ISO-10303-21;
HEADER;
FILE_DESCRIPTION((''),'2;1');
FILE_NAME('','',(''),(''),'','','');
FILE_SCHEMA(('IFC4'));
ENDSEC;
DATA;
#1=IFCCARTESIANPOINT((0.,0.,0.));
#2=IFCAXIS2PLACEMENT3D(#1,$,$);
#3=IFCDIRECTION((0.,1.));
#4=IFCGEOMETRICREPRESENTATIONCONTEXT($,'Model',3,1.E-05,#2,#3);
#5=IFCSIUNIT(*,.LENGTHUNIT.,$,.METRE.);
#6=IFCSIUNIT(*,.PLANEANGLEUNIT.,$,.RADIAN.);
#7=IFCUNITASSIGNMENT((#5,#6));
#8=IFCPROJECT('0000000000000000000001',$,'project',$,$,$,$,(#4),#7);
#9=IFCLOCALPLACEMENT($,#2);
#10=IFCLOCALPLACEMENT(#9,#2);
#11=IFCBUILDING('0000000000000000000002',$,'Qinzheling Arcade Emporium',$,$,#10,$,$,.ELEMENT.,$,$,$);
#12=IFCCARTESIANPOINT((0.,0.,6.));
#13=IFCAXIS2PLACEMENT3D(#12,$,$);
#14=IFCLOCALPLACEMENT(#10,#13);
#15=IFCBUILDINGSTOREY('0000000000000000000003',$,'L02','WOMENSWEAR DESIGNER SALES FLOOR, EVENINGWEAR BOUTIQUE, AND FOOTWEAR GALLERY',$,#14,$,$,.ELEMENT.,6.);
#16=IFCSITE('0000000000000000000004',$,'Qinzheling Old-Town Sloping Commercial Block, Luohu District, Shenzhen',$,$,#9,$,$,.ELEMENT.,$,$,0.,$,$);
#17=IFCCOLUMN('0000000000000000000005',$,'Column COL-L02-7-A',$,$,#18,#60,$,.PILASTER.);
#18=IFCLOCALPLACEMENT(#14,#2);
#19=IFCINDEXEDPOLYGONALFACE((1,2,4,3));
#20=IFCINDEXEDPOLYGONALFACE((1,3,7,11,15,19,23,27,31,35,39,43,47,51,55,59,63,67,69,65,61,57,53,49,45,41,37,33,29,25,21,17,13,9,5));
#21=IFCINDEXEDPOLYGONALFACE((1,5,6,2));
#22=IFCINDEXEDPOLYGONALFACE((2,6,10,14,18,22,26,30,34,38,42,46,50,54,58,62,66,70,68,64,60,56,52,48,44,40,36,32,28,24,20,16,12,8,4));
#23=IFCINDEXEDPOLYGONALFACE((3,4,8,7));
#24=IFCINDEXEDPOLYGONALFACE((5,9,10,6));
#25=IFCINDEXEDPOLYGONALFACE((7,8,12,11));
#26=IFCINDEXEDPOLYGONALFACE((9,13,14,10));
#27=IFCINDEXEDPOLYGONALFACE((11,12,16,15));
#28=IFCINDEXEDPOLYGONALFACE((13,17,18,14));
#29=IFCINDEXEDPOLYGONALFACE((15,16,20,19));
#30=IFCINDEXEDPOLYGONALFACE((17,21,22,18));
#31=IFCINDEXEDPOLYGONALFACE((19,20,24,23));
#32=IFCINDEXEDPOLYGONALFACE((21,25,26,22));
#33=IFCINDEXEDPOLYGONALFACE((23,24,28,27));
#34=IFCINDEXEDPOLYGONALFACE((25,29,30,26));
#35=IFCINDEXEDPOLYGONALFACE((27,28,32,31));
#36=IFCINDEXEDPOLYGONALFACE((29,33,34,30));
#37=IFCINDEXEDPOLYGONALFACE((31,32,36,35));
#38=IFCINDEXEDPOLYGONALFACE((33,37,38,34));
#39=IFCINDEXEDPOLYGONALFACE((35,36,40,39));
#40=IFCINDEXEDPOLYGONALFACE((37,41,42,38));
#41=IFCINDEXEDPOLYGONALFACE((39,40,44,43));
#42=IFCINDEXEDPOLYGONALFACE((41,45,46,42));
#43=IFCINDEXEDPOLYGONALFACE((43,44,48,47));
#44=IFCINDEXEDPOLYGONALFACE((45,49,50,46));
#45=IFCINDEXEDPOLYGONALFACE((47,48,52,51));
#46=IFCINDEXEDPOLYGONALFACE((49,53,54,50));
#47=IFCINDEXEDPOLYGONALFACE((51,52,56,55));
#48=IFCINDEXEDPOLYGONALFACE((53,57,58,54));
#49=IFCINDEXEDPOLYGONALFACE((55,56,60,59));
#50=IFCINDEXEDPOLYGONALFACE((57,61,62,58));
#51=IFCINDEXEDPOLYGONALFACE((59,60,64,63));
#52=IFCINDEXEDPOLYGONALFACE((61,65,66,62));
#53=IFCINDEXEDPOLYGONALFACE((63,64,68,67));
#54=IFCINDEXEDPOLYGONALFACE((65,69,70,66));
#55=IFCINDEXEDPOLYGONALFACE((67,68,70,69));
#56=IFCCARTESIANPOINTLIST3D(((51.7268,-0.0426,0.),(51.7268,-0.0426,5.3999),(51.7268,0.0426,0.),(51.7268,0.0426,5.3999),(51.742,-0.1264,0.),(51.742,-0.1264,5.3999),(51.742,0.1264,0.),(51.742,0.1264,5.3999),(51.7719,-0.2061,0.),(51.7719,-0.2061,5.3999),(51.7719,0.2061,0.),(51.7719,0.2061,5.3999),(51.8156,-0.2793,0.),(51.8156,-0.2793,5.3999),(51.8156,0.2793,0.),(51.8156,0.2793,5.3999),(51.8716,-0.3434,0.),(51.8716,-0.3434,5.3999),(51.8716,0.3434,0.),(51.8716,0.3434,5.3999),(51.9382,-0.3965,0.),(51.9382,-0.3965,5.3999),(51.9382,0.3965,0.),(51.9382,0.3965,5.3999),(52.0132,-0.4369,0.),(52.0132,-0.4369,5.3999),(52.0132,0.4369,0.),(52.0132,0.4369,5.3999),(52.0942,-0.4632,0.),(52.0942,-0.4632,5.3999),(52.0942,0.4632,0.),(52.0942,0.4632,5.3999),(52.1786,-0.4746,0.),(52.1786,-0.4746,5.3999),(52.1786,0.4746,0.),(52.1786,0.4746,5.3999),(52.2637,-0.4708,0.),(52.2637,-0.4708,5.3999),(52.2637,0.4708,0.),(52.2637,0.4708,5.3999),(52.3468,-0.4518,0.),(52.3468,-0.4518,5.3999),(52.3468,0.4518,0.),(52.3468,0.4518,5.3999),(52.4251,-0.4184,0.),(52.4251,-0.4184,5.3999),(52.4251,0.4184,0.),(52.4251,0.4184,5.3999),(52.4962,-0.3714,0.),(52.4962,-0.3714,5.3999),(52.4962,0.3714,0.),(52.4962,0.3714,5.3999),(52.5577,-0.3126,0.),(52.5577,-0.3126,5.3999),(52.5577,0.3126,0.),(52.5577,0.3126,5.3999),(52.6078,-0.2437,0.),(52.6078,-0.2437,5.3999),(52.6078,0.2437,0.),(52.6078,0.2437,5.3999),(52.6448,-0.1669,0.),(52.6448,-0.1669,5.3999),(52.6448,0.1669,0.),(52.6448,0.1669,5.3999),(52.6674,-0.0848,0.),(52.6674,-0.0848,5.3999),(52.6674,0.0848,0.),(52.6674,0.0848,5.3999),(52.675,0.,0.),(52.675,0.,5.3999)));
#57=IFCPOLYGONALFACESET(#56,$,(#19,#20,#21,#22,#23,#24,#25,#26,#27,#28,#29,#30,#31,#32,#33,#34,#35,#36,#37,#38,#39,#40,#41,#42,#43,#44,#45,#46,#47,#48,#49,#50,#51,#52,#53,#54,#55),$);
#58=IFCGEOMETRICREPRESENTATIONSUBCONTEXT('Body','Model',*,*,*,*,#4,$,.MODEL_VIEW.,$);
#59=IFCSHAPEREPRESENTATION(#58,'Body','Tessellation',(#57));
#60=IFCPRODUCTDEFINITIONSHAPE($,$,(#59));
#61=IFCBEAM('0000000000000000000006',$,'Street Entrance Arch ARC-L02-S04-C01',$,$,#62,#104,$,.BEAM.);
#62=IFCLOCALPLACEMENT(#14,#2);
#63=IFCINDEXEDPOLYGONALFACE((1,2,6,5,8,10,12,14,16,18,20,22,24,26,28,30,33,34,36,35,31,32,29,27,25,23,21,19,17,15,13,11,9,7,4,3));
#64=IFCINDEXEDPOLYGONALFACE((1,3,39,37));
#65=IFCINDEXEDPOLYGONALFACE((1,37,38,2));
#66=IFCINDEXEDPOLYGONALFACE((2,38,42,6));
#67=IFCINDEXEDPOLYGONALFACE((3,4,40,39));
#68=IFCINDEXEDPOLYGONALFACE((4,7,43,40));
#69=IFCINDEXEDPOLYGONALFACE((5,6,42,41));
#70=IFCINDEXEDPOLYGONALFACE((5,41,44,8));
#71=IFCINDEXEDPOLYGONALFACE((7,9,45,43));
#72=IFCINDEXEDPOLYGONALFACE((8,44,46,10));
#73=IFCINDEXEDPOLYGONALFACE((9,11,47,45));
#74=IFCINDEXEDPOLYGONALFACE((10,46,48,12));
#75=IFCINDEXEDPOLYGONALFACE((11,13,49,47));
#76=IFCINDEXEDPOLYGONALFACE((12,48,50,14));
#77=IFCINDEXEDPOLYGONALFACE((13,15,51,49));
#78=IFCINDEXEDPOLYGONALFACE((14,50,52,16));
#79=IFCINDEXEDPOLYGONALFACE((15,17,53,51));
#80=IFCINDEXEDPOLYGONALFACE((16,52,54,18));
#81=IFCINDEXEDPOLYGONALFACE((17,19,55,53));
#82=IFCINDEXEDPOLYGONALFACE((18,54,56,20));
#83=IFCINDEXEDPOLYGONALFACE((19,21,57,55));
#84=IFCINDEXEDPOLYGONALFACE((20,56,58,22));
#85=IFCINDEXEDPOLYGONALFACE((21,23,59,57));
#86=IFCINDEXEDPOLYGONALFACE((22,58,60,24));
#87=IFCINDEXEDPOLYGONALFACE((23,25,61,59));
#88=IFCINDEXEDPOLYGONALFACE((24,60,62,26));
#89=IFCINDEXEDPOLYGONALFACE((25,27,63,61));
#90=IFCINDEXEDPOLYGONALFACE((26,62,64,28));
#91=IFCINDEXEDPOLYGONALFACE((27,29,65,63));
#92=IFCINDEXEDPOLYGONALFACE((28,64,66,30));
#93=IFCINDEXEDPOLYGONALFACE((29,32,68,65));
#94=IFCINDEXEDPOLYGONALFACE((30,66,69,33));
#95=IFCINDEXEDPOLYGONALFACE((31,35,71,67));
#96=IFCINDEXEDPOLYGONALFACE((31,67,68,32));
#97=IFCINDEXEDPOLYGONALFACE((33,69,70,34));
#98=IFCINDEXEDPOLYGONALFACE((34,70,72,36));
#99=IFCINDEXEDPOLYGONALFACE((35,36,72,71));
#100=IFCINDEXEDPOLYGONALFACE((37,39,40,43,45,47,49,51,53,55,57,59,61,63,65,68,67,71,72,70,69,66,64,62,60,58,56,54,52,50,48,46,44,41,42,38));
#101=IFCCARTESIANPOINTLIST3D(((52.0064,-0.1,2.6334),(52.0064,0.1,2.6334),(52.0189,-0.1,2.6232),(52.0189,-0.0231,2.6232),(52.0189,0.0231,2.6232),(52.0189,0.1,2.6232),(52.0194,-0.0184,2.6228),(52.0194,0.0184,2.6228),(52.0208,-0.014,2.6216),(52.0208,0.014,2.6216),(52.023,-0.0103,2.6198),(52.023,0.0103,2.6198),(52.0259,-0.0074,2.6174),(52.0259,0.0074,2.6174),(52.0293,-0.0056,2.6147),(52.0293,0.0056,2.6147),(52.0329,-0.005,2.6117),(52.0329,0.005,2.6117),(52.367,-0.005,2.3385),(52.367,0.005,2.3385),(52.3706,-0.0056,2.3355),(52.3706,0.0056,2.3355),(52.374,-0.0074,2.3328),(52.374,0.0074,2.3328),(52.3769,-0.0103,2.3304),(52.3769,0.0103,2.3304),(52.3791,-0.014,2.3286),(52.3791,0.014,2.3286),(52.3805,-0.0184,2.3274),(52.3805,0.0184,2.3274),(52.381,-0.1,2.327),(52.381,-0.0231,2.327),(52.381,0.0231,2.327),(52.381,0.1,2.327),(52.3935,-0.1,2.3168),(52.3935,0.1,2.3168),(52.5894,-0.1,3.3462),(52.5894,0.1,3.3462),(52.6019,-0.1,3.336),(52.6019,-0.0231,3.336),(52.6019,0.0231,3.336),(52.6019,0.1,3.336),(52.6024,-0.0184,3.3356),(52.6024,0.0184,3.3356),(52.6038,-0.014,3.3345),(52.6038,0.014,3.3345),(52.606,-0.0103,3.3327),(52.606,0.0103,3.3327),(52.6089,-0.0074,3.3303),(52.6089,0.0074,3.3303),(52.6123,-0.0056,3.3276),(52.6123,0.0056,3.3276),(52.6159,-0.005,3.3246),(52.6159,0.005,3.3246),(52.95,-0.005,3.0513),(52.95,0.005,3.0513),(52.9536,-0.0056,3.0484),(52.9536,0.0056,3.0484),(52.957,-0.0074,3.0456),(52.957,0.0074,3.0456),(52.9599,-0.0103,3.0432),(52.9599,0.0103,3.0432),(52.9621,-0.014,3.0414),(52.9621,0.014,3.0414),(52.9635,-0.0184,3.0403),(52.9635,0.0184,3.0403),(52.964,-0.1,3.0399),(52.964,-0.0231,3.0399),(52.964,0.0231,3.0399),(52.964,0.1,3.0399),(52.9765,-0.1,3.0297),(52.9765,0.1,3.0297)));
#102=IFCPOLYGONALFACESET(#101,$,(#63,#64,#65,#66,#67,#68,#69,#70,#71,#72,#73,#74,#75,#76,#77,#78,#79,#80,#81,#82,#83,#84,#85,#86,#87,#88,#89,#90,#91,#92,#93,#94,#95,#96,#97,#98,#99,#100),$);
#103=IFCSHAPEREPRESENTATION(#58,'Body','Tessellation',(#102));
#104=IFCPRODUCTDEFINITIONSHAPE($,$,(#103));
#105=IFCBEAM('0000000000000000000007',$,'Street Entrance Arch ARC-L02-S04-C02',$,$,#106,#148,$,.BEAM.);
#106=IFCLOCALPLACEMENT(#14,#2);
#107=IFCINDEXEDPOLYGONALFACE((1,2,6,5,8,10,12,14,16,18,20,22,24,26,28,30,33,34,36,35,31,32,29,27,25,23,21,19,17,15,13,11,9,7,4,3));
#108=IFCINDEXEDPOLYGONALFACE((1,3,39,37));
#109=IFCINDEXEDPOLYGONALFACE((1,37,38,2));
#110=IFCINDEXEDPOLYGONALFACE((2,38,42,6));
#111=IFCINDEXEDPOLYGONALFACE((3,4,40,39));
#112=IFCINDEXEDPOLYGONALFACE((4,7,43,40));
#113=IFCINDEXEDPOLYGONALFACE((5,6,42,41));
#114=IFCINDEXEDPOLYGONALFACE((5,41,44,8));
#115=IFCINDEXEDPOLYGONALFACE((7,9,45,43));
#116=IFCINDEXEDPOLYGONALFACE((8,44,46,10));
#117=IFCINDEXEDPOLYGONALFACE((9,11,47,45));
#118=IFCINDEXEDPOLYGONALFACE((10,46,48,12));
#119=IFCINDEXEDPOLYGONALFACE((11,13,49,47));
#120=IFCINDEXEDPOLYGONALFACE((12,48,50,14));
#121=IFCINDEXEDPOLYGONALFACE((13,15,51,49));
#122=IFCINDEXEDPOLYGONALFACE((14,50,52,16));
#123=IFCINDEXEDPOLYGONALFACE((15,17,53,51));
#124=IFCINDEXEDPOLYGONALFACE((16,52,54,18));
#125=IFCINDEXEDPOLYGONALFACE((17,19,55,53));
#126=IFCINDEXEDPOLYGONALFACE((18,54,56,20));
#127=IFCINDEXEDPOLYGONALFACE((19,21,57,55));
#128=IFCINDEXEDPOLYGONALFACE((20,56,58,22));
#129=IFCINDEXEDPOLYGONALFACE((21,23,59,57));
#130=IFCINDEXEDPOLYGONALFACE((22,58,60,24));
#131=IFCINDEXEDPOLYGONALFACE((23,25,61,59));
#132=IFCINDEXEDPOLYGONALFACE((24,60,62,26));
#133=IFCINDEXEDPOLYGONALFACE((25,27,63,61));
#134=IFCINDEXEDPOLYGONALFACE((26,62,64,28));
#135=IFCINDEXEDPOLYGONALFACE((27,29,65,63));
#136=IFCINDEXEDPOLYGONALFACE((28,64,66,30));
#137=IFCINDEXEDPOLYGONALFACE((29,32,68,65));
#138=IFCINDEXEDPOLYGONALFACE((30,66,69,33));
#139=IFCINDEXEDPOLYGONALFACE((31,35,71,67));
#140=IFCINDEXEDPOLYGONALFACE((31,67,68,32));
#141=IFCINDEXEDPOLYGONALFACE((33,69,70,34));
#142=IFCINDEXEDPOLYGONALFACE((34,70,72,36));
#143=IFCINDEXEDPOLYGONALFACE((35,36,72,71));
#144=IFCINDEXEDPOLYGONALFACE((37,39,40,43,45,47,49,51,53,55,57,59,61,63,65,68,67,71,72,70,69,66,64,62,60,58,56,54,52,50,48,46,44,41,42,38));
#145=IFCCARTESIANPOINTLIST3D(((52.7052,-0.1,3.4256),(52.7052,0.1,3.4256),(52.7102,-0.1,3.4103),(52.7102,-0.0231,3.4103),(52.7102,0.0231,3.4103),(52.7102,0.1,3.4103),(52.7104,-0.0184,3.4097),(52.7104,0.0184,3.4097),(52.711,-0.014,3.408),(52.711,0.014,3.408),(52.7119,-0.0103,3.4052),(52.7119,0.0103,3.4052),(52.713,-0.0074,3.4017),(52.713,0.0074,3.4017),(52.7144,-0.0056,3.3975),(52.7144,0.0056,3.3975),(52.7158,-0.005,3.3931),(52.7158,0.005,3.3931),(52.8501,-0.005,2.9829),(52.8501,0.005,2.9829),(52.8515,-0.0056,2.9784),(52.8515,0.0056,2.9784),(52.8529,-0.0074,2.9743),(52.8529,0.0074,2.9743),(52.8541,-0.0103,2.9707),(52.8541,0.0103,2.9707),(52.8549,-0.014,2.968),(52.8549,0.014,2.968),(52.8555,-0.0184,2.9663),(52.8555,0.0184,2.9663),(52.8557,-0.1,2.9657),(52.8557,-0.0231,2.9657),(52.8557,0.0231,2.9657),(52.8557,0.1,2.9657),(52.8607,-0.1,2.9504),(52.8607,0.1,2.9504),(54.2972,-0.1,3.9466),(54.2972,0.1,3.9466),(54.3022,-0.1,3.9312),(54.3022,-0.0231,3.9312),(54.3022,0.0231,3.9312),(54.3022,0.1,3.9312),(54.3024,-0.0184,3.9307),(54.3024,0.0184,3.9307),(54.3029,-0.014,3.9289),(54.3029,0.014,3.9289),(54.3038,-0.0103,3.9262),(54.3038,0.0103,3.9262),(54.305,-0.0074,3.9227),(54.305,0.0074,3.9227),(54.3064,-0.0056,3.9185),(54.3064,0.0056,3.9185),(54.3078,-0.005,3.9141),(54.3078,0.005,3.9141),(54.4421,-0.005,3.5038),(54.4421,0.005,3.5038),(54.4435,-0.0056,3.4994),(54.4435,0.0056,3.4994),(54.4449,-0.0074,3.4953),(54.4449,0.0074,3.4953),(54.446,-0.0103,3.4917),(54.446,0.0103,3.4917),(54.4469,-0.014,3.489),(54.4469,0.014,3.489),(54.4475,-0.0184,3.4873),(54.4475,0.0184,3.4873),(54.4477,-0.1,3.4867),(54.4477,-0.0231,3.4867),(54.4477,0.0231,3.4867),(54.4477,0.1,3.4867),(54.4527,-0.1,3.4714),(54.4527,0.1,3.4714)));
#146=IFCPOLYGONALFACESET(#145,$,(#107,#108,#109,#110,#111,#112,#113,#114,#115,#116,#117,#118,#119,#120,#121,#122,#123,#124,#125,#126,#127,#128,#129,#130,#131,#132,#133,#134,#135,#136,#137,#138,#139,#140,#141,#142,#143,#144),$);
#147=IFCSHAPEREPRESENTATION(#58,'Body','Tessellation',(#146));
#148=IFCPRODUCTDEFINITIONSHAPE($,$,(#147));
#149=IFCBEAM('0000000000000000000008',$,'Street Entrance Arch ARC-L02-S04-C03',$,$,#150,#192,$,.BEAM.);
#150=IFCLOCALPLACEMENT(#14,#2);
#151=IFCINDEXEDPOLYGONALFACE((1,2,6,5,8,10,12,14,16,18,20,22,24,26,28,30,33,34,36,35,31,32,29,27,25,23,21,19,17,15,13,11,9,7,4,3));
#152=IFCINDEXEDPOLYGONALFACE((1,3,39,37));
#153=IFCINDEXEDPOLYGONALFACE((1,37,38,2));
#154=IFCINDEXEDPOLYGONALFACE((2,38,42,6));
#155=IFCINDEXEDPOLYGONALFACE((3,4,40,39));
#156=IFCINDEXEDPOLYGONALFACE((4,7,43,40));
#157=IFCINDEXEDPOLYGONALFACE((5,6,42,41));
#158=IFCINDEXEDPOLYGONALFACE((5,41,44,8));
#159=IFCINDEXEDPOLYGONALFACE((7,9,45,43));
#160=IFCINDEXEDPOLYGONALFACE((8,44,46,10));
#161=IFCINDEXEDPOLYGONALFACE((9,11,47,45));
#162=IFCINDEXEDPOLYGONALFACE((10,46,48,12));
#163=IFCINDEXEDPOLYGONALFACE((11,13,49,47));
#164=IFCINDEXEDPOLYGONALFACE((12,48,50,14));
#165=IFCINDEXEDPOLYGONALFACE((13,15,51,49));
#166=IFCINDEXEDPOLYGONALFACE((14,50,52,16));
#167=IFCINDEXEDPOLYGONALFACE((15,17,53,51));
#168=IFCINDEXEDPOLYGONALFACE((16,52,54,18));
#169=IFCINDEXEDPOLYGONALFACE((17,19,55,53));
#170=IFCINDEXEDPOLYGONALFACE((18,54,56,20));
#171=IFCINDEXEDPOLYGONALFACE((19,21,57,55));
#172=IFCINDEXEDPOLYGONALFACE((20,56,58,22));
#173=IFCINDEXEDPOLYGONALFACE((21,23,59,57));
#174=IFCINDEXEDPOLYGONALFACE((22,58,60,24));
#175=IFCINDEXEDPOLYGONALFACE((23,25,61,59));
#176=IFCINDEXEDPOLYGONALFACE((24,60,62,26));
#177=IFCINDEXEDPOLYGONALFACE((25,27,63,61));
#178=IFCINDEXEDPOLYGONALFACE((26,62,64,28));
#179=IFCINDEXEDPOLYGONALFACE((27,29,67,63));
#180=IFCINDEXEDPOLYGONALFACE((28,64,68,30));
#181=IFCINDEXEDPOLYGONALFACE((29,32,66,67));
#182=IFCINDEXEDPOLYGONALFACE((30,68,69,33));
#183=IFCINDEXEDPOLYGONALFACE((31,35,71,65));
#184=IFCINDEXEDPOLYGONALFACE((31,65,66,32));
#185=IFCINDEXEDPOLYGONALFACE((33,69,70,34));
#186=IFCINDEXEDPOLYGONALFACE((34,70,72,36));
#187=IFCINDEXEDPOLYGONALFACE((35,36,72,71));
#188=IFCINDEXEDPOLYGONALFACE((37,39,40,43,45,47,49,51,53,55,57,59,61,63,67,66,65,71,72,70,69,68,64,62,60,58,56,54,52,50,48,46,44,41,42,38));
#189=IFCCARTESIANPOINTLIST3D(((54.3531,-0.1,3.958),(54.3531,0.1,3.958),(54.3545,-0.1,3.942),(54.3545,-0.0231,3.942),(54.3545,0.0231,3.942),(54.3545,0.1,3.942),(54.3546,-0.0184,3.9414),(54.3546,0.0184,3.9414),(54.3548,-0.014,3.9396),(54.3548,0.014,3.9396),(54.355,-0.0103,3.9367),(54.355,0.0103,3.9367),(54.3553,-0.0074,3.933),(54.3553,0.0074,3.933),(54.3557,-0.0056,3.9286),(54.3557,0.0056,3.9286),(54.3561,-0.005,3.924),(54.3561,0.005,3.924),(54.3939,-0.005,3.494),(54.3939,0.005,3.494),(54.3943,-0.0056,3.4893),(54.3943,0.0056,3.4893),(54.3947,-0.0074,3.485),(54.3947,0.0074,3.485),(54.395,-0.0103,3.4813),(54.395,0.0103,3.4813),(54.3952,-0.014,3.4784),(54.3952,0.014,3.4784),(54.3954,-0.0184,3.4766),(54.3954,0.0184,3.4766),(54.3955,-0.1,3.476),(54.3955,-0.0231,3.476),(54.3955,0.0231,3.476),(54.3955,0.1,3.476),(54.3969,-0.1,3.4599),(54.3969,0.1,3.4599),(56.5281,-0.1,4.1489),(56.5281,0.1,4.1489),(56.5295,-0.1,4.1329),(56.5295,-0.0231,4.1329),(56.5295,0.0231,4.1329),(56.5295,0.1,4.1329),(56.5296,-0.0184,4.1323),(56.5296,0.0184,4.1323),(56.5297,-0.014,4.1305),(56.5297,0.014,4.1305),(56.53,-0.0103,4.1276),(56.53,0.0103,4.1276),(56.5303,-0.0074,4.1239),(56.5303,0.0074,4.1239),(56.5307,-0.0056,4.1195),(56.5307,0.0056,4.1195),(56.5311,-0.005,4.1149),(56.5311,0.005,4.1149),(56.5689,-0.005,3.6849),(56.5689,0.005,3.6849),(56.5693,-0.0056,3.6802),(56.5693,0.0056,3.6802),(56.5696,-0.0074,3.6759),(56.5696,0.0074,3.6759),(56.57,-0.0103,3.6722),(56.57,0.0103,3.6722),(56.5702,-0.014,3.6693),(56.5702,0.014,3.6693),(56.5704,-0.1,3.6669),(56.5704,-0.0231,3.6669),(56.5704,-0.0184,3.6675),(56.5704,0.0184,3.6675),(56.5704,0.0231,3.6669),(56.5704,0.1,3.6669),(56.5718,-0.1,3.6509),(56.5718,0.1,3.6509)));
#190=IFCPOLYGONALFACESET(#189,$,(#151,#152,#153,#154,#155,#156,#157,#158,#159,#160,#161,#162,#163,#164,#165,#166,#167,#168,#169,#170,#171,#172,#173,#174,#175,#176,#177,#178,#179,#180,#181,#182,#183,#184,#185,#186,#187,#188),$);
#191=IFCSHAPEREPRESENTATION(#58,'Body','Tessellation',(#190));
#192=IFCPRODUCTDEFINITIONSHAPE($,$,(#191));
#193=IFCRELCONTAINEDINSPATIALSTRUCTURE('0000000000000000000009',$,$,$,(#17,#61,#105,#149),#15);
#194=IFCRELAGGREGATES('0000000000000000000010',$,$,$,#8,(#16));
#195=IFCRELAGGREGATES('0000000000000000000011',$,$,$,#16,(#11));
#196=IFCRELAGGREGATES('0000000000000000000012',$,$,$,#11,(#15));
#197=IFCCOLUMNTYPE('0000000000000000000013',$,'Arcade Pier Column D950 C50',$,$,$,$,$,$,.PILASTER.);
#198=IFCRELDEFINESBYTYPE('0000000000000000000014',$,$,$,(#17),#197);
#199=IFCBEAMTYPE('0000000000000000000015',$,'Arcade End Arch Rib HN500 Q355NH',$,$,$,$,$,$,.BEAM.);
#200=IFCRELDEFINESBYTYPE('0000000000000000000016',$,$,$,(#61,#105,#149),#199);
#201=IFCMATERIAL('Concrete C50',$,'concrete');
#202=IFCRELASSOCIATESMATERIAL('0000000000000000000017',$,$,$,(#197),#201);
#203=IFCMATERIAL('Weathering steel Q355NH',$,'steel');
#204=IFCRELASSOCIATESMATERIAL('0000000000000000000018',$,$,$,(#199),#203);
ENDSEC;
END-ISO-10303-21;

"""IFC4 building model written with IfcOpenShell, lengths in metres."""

from ifc_helpers import new_model, si_unit, direction, frame, origin, origin_2d, place, context, subcontext, project, spatial, circle, i_section, extrude, material, material_profile, profile_set, type_object, element, save


model = new_model("IFC4")

# Units and contexts
model_context = context("Model", 3, precision=1e-05, world=origin(), true_north=direction((0.0, 1.0)))
body_context = subcontext(model_context, "Body", "Model", "MODEL_VIEW")
ifc_project = project(units=[si_unit("LENGTHUNIT", "METRE"), si_unit("PLANEANGLEUNIT", "RADIAN")], contexts=[model_context])

# Site, building, storey
site_placement = place(None, origin())
site = spatial("IfcSite", under=ifc_project, at=site_placement, Name="Qinzheling Old-Town Sloping Commercial Block, Luohu District, Shenzhen", CompositionType="ELEMENT", RefElevation=0.0)
building_placement = place(site_placement, origin())
building = spatial("IfcBuilding", under=site, at=building_placement, Name="Qinzheling Arcade Emporium", CompositionType="ELEMENT")
storey_placement = place(building_placement, frame((0.0, 0.0, 6.0)))
storey = spatial("IfcBuildingStorey", under=building, at=storey_placement, Name="L02", Description="WOMENSWEAR DESIGNER SALES FLOOR, EVENINGWEAR BOUTIQUE, AND FOOTWEAR GALLERY", CompositionType="ELEMENT", Elevation=6.0)

# Column
ifc_material_1 = material(Name="Concrete C50", Category="concrete")
ifc_material_profile_1 = material_profile(ifc_material_1, circle(Radius=0.4751, at=origin_2d()), Name="RC D950", Category="concrete")
ifc_profile_set_1 = profile_set([ifc_material_profile_1], Name="Concrete C50")
column_type = type_object("IfcColumnType", Name="Arcade Pier Column D950 C50", PredefinedType="PILASTER", material=ifc_profile_set_1)
column_placement = place(storey_placement, frame((52.2, 0.0, 0.0), z_axis=(0.0, 0.0, 1.0), x_axis=(1.0, 0.0, 0.0)))
element("IfcColumn", 1, at=column_placement, inside=storey, type_object=column_type, Name="Column COL-L02-7-A", PredefinedType="PILASTER", context=body_context, shape_type="SweptSolid", body=[
    extrude(circle(Radius=0.4751, at=origin_2d()), origin(), (0.0, 0.0, 1.0), 5.3999),
])

# Beams
ifc_material_2 = material(Name="Weathering steel Q355NH", Category="steel")
ifc_material_profile_2 = material_profile(ifc_material_2, i_section(OverallWidth=0.2, OverallDepth=0.5, WebThickness=0.01, FlangeThickness=0.0161, FilletRadius=0.0181, at=origin_2d()), Name="HN 500x200x10x16", Category="steel")
ifc_profile_set_2 = profile_set([ifc_material_profile_2], Name="Weathering steel Q355NH")
beam_type_1 = type_object("IfcBeamType", Name="Arcade End Arch Rib HN500 Q355NH", PredefinedType="BEAM", material=ifc_profile_set_2)
beam_1_placement = place(storey_placement, frame((52.2, 0.0, 2.4751), z_axis=(0.633065, 0.0, 0.774099), x_axis=(0.0, 1.0, 0.0)))
element("IfcBeam", 2, at=beam_1_placement, inside=storey, type_object=beam_type_1, Name="Street Entrance Arch ARC-L02-S04-C01", PredefinedType="BEAM", context=body_context, shape_type="SweptSolid", body=[
    extrude(i_section(OverallWidth=0.2, OverallDepth=0.5, WebThickness=0.01, FlangeThickness=0.0161, FilletRadius=0.0181, at=origin_2d()), origin(), (0.0, 0.0, 1.0), 0.9209),
])
beam_2_placement = place(storey_placement, frame((52.783, 0.0, 3.188), z_axis=(0.950403, 0.0, 0.31102), x_axis=(0.0, 1.0, 0.0)))
element("IfcBeam", 3, at=beam_2_placement, inside=storey, type_object=beam_type_1, Name="Street Entrance Arch ARC-L02-S04-C02", PredefinedType="BEAM", context=body_context, shape_type="SweptSolid", body=[
    extrude(i_section(OverallWidth=0.2, OverallDepth=0.5, WebThickness=0.01, FlangeThickness=0.0161, FilletRadius=0.0181, at=origin_2d()), origin(), (0.0, 0.0, 1.0), 1.675),
])
for number, where, z_axis, x_axis, name in (
    (4, (54.375, 0.0, 3.709), (0.99617, 0.0, 0.08744), (0.0, 1.0, 0.0), "Street Entrance Arch ARC-L02-S04-C03"),
):
    element("IfcBeam", number, at=place(storey_placement, frame(where, z_axis=z_axis, x_axis=x_axis)), inside=storey, type_object=beam_type_1, Name=name, PredefinedType="BEAM", context=body_context, shape_type="SweptSolid", body=[
        extrude(i_section(OverallWidth=0.2, OverallDepth=0.5, WebThickness=0.01, FlangeThickness=0.0161, FilletRadius=0.0181, at=origin_2d()), origin(), (0.0, 0.0, 1.0), 2.1833),
    ])

save(model, "model.ifc")
